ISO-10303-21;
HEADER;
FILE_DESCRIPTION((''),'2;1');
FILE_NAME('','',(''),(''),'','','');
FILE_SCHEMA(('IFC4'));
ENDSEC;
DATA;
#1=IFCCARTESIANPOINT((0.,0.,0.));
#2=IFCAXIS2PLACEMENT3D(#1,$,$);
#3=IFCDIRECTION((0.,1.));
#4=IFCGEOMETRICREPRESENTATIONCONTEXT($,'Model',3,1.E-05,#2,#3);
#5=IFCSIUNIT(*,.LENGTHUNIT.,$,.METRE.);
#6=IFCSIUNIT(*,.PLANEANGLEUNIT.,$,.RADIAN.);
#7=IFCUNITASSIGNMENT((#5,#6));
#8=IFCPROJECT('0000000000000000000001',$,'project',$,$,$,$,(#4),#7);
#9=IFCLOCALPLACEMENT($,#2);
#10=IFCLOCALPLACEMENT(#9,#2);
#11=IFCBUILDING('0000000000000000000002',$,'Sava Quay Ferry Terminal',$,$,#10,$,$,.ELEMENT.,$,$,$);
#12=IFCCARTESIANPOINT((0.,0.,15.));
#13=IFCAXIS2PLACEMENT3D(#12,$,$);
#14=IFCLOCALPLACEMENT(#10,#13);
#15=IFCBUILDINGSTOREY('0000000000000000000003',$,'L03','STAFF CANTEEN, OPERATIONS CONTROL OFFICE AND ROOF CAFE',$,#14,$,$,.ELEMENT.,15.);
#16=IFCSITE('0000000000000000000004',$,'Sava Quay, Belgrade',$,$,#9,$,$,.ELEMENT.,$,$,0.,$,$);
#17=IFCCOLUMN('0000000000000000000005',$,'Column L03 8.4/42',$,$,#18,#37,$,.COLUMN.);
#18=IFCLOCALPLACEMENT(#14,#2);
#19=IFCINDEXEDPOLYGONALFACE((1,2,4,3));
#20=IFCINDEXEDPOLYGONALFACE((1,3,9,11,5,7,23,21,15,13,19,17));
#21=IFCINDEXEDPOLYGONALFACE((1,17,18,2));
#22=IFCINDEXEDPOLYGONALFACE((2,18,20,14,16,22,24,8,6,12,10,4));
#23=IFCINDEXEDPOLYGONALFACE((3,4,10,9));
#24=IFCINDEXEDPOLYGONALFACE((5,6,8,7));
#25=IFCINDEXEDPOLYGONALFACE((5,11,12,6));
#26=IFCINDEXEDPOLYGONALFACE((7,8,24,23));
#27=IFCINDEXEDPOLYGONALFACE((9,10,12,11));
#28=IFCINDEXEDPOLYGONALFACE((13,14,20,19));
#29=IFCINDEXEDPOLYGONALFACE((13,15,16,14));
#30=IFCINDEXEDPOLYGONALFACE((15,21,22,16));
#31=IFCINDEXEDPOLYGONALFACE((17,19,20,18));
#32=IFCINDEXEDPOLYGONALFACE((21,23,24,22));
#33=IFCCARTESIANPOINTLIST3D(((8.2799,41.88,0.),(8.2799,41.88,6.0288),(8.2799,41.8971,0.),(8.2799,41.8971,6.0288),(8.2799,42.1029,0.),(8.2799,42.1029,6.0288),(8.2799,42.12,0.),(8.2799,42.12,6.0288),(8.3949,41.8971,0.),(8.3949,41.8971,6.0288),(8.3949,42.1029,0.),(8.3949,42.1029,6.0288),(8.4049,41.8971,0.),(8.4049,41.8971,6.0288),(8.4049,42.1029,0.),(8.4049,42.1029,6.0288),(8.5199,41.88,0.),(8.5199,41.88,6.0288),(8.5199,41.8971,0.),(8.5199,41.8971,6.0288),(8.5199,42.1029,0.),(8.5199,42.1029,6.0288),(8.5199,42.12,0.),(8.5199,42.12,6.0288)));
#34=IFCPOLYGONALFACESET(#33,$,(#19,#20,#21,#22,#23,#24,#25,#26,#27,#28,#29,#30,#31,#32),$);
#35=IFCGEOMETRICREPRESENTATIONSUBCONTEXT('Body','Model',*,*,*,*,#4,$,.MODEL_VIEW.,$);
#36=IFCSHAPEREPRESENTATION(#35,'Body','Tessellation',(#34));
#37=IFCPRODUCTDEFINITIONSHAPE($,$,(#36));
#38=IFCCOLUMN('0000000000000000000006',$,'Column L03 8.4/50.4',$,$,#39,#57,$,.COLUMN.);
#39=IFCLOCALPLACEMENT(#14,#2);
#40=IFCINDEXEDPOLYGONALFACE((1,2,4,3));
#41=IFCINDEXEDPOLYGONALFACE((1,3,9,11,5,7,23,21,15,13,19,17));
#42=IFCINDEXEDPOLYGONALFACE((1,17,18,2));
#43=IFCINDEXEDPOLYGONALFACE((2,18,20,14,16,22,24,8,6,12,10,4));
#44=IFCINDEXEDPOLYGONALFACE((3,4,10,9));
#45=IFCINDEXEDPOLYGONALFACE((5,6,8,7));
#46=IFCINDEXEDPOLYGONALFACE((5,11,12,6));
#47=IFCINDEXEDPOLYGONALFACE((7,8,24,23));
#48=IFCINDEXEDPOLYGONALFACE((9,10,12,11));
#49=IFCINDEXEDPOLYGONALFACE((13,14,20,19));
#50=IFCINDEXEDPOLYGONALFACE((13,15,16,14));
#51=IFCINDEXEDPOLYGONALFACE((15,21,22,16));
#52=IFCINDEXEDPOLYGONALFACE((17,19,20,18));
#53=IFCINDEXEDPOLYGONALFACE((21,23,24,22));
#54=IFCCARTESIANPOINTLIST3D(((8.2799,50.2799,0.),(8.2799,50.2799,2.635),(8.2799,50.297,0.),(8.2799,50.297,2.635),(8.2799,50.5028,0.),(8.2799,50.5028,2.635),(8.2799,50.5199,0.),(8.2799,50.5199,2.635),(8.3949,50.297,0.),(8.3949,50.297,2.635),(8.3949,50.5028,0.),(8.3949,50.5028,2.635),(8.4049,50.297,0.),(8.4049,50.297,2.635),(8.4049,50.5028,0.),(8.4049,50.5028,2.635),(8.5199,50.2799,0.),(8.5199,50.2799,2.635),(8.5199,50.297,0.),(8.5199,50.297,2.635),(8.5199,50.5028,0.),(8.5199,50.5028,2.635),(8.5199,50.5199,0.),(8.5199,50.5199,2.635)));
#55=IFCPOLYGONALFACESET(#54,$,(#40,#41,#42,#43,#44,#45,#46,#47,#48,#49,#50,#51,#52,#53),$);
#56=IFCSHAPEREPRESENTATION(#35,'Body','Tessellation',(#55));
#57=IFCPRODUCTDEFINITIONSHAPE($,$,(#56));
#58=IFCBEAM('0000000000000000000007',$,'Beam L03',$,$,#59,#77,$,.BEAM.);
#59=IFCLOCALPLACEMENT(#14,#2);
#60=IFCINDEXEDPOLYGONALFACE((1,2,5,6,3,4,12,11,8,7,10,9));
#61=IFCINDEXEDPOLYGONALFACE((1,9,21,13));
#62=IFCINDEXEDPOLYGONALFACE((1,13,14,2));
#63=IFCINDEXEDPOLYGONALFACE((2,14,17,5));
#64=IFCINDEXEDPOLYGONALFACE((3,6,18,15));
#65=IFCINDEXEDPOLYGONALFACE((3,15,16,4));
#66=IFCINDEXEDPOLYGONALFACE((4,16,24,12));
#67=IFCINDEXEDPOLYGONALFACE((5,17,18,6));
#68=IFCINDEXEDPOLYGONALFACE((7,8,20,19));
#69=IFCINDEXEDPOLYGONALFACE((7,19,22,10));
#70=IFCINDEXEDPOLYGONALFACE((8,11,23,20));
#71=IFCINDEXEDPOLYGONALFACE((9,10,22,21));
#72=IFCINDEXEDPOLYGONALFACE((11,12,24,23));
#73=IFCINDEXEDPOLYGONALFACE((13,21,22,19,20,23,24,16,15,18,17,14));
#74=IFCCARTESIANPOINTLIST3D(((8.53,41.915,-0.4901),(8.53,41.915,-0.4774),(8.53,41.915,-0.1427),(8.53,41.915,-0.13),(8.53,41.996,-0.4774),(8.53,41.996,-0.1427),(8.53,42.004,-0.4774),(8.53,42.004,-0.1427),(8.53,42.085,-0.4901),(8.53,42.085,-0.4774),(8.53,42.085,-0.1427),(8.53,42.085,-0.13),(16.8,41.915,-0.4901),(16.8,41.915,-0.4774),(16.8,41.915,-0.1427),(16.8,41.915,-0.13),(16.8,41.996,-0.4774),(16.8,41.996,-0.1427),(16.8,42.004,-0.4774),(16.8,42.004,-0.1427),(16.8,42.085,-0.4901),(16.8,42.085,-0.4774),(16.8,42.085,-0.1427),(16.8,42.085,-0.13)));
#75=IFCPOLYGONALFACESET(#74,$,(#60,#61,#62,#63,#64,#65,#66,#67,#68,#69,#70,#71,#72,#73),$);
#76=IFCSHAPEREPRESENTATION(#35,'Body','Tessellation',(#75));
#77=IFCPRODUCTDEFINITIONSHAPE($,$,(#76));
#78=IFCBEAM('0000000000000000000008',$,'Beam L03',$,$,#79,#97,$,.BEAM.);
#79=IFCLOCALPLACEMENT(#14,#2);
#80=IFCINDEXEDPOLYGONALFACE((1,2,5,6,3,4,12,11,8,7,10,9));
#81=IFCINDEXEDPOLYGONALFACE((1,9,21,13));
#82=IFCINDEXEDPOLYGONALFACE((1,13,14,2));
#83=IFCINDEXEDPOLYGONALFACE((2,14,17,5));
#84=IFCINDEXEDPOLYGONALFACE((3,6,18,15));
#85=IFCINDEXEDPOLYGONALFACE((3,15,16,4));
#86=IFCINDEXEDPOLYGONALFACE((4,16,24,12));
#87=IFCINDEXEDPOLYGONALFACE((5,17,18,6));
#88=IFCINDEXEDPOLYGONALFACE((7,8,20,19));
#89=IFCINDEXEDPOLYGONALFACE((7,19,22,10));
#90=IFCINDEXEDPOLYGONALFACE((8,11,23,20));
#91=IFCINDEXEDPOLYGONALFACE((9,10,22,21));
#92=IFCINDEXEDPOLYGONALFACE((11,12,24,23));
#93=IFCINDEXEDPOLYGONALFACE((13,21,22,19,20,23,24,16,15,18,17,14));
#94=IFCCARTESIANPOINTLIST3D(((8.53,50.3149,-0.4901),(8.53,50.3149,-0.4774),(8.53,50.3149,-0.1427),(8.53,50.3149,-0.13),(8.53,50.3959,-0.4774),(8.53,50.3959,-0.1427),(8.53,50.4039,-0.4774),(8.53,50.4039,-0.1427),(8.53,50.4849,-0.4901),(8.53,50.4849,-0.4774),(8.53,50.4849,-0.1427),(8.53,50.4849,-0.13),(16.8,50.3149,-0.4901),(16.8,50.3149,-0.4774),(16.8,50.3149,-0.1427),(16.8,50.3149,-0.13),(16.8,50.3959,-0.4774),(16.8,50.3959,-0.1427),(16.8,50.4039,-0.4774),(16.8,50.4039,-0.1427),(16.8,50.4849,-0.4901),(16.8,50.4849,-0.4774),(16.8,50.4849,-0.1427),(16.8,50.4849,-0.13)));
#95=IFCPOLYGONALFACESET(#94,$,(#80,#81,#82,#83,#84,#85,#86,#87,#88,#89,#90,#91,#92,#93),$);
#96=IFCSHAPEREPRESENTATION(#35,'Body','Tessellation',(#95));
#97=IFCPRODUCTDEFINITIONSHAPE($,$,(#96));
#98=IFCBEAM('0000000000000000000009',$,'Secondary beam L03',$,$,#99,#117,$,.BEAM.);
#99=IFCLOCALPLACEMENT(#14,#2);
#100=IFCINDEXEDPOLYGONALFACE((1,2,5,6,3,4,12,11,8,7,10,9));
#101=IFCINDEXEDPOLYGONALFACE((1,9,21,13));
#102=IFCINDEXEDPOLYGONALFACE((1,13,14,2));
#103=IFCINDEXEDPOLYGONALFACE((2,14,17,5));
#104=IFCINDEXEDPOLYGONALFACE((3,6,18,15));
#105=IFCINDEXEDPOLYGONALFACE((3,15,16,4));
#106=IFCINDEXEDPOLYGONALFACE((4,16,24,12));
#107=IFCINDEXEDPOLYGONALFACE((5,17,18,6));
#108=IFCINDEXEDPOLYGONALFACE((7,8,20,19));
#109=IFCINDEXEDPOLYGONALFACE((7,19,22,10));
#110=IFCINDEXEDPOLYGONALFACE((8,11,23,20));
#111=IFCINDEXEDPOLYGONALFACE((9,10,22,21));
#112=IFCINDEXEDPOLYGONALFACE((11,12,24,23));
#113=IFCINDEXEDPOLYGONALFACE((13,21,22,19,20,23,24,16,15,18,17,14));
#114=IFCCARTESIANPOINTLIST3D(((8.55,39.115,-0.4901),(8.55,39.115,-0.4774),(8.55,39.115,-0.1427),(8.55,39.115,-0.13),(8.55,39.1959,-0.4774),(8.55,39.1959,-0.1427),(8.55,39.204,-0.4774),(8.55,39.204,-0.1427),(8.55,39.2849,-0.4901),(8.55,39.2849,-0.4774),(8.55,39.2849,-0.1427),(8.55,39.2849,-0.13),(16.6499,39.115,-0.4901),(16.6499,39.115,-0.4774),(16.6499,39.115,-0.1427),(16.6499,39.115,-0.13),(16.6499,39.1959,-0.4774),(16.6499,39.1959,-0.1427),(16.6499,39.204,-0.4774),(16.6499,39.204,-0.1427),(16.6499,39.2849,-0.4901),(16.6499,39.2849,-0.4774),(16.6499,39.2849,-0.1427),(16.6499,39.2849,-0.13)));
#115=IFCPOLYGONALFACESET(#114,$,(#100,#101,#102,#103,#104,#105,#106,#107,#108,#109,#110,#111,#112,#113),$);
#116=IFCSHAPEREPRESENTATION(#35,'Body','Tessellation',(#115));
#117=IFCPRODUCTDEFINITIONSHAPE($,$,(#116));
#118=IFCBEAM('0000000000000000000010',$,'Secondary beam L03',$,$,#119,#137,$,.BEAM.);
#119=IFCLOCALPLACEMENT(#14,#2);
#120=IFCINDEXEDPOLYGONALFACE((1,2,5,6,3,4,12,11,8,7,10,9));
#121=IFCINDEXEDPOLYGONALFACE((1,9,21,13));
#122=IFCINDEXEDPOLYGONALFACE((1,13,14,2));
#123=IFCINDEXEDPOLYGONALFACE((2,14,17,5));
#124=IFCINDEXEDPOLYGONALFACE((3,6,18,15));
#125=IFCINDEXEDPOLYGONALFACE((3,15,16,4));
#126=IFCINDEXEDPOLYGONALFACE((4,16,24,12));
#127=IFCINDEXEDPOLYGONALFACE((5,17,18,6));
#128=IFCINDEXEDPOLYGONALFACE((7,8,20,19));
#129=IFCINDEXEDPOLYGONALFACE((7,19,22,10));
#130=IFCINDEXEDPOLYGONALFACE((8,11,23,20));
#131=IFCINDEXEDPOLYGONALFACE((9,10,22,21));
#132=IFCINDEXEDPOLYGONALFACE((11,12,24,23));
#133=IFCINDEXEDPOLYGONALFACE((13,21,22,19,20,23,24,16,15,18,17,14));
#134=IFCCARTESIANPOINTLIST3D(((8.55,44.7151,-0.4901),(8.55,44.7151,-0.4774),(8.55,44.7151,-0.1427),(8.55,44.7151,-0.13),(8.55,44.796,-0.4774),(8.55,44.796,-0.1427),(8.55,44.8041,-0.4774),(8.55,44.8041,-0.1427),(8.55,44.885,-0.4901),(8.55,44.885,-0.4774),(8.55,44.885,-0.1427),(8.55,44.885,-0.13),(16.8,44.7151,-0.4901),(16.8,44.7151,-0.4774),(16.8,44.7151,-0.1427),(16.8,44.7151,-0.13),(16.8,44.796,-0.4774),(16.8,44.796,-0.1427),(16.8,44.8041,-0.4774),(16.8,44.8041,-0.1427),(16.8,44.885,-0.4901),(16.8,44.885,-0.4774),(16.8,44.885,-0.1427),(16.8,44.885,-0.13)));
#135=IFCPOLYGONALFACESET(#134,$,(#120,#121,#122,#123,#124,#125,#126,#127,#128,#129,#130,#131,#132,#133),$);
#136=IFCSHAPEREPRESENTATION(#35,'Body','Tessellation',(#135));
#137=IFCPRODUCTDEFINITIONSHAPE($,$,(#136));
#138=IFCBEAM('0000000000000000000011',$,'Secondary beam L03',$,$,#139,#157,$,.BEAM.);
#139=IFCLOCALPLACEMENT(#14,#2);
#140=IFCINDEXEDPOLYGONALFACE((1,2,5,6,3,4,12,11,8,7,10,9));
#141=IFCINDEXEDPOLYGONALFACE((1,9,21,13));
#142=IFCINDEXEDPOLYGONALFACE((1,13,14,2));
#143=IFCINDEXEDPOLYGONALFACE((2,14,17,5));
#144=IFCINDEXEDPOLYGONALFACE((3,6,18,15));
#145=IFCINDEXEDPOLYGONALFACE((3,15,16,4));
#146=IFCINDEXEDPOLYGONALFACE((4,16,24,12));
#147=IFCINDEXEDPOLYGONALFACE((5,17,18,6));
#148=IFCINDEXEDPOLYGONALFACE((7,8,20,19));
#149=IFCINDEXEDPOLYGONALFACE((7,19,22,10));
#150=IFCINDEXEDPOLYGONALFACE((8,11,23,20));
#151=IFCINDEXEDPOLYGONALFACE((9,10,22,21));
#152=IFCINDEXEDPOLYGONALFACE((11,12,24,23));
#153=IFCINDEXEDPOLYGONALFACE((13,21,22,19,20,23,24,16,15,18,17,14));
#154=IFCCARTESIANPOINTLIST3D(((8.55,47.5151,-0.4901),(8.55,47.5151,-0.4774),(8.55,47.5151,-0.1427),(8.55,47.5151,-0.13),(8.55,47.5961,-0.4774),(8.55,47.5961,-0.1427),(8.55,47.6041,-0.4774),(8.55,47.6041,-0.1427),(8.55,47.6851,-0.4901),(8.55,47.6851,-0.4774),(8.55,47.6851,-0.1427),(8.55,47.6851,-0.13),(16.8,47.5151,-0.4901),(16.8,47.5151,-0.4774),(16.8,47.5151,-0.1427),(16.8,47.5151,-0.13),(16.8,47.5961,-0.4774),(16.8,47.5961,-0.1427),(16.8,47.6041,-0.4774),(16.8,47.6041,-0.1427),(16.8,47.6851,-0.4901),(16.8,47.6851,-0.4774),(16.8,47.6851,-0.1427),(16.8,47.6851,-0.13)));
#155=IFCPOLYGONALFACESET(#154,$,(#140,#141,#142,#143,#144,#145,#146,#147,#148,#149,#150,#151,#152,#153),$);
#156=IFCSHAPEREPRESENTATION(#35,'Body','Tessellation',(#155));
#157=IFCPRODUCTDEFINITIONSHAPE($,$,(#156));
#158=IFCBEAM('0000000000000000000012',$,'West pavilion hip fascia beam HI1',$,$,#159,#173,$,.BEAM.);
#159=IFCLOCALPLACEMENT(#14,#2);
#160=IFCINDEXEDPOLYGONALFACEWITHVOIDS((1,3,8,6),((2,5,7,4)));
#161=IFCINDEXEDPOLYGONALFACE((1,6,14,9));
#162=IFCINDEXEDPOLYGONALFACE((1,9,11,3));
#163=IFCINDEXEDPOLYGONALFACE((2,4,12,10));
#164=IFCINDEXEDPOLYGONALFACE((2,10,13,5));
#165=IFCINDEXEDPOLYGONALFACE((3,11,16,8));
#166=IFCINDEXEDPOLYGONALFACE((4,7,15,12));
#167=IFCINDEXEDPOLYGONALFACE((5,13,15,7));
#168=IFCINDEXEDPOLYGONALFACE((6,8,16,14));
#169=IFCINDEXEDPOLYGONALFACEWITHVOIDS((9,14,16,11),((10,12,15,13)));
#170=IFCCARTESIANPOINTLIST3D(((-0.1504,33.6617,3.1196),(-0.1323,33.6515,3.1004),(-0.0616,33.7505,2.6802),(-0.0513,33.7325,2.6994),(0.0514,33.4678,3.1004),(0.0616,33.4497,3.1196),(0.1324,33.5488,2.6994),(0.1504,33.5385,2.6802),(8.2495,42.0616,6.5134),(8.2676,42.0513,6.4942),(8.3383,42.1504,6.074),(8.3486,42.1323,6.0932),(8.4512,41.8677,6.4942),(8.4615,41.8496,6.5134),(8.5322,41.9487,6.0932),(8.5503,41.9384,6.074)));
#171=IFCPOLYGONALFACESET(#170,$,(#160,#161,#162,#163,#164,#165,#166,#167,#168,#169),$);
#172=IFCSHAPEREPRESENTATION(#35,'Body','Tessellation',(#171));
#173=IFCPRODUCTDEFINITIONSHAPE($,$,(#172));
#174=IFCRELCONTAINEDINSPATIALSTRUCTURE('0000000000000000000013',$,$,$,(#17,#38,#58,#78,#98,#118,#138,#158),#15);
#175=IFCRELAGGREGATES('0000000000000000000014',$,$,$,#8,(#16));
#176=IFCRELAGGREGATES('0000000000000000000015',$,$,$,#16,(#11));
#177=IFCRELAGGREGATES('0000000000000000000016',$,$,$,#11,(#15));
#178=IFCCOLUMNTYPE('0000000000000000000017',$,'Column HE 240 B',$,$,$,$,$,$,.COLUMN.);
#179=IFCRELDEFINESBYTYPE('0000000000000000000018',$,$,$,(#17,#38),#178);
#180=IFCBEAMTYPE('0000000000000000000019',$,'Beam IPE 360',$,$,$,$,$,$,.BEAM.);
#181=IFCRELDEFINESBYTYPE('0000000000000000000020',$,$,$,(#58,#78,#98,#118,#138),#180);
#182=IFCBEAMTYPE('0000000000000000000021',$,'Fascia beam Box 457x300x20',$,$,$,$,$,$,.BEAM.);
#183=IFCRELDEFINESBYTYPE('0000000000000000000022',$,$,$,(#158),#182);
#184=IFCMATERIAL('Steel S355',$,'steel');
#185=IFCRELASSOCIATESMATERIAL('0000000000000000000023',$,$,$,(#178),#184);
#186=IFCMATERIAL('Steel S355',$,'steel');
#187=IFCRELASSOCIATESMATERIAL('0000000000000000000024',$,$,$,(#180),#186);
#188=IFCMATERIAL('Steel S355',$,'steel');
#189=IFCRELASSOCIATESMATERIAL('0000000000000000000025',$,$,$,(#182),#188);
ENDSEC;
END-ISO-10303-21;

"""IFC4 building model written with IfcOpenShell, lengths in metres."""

from ifc_helpers import new_model, si_unit, direction, frame, origin, origin_2d, place, context, subcontext, project, spatial, polyline, i_section, outline, extrude, material, material_profile, profile_set, type_object, element, save


model = new_model("IFC4")

# Units and contexts
model_context = context("Model", 3, precision=1e-05, world=origin(), true_north=direction((0.0, 1.0)))
body_context = subcontext(model_context, "Body", "Model", "MODEL_VIEW")
ifc_project = project(units=[si_unit("LENGTHUNIT", "METRE"), si_unit("PLANEANGLEUNIT", "RADIAN")], contexts=[model_context])

# Site, building, storey
site_placement = place(None, origin())
site = spatial("IfcSite", under=ifc_project, at=site_placement, Name="Sava Quay, Belgrade", CompositionType="ELEMENT", RefElevation=0.0)
building_placement = place(site_placement, origin())
building = spatial("IfcBuilding", under=site, at=building_placement, Name="Sava Quay Ferry Terminal", CompositionType="ELEMENT")
storey_placement = place(building_placement, frame((0.0, 0.0, 15.0)))
storey = spatial("IfcBuildingStorey", under=building, at=storey_placement, Name="L03", Description="STAFF CANTEEN, OPERATIONS CONTROL OFFICE AND ROOF CAFE", CompositionType="ELEMENT", Elevation=15.0)

# Columns
ifc_material_1 = material(Name="Steel S355", Category="steel")
ifc_material_profile_1 = material_profile(ifc_material_1, i_section(OverallWidth=0.24, OverallDepth=0.24, WebThickness=0.01, FlangeThickness=0.0171, at=origin_2d()), Name="HE 240 B")
ifc_profile_set_1 = profile_set([ifc_material_profile_1], Name="Steel S355")
column_type = type_object("IfcColumnType", Name="Column HE 240 B", PredefinedType="COLUMN", material=ifc_profile_set_1)
column_1_placement = place(storey_placement, frame((8.3999, 42.0, 0.0), z_axis=(0.0, 0.0, 1.0), x_axis=(1.0, 0.0, 0.0)))
element("IfcColumn", 1, at=column_1_placement, inside=storey, type_object=column_type, Name="Column L03 8.4/42", PredefinedType="COLUMN", context=body_context, shape_type="SweptSolid", body=[
    extrude(i_section(OverallWidth=0.24, OverallDepth=0.24, WebThickness=0.01, FlangeThickness=0.0171, at=origin_2d()), origin(), (0.0, 0.0, 1.0), 6.0288),
])
column_2_placement = place(storey_placement, frame((8.3999, 50.3999, 0.0), z_axis=(0.0, 0.0, 1.0), x_axis=(1.0, 0.0, 0.0)))
element("IfcColumn", 2, at=column_2_placement, inside=storey, type_object=column_type, Name="Column L03 8.4/50.4", PredefinedType="COLUMN", context=body_context, shape_type="SweptSolid", body=[
    extrude(i_section(OverallWidth=0.24, OverallDepth=0.24, WebThickness=0.01, FlangeThickness=0.0171, at=origin_2d()), origin(), (0.0, 0.0, 1.0), 2.635),
])

# Beams
ifc_material_2 = material(Name="Steel S355", Category="steel")
ifc_material_profile_2 = material_profile(ifc_material_2, i_section(OverallWidth=0.1699, OverallDepth=0.3601, WebThickness=0.0081, FlangeThickness=0.0127, at=origin_2d()), Name="IPE 360")
ifc_profile_set_2 = profile_set([ifc_material_profile_2], Name="Steel S355")
beam_type_1 = type_object("IfcBeamType", Name="Beam IPE 360", PredefinedType="BEAM", material=ifc_profile_set_2)
for number, where, z_axis, x_axis, name in (
    (3, (8.53, 42.0, -0.3101), (1.0, 0.0, 0.0), (0.0, 1.0, 0.0), "Beam L03"),
    (4, (8.53, 50.3999, -0.3101), (1.0, 0.0, 0.0), (0.0, 1.0, 0.0), "Beam L03"),
):
    element("IfcBeam", number, at=place(storey_placement, frame(where, z_axis=z_axis, x_axis=x_axis)), inside=storey, type_object=beam_type_1, Name=name, PredefinedType="BEAM", context=body_context, shape_type="SweptSolid", body=[
        extrude(i_section(OverallWidth=0.1699, OverallDepth=0.3601, WebThickness=0.0081, FlangeThickness=0.0127, at=origin_2d()), origin(), (0.0, 0.0, 1.0), 8.27),
    ])
beam_1_placement = place(storey_placement, frame((8.55, 39.2, -0.3101), z_axis=(1.0, 0.0, 0.0), x_axis=(0.0, 1.0, 0.0)))
element("IfcBeam", 5, at=beam_1_placement, inside=storey, type_object=beam_type_1, Name="Secondary beam L03", PredefinedType="BEAM", context=body_context, shape_type="SweptSolid", body=[
    extrude(i_section(OverallWidth=0.1699, OverallDepth=0.3601, WebThickness=0.0081, FlangeThickness=0.0127, at=origin_2d()), origin(), (0.0, 0.0, 1.0), 8.0999),
])
for number, where, z_axis, x_axis, name in (
    (6, (8.55, 44.8, -0.3101), (1.0, 0.0, 0.0), (0.0, 1.0, 0.0), "Secondary beam L03"),
    (7, (8.55, 47.6001, -0.3101), (1.0, 0.0, 0.0), (0.0, 1.0, 0.0), "Secondary beam L03"),
):
    element("IfcBeam", number, at=place(storey_placement, frame(where, z_axis=z_axis, x_axis=x_axis)), inside=storey, type_object=beam_type_1, Name=name, PredefinedType="BEAM", context=body_context, shape_type="SweptSolid", body=[
        extrude(i_section(OverallWidth=0.1699, OverallDepth=0.3601, WebThickness=0.0081, FlangeThickness=0.0127, at=origin_2d()), origin(), (0.0, 0.0, 1.0), 8.25),
    ])
ifc_material_3 = material(Name="Steel S355", Category="steel")
ifc_material_profile_3 = material_profile(ifc_material_3, outline(polyline([(-0.1499, -0.2285), (0.1499, -0.2285), (0.1499, 0.2285), (-0.1499, 0.2285), (-0.1499, -0.2285)]), holes=[polyline([(-0.1299, -0.2085), (-0.1299, 0.2085), (0.1299, 0.2085), (0.1299, -0.2085), (-0.1299, -0.2085)])]), Name="Box 457x300x20 built-up")
ifc_profile_set_3 = profile_set([ifc_material_profile_3], Name="Steel S355")
beam_type_2 = type_object("IfcBeamType", Name="Fascia beam Box 457x300x20", PredefinedType="BEAM", material=ifc_profile_set_3)
beam_2_placement = place(storey_placement, frame((8.3999, 42.0, 6.2937), z_axis=(-0.679904, -0.679904, -0.274701), x_axis=(0.707107, -0.707107, 0.0)))
element("IfcBeam", 8, at=beam_2_placement, inside=storey, type_object=beam_type_2, Name="West pavilion hip fascia beam HI1", PredefinedType="BEAM", context=body_context, shape_type="SweptSolid", body=[
    extrude(outline(polyline([(-0.1499, -0.2285), (0.1499, -0.2285), (0.1499, 0.2285), (-0.1499, 0.2285), (-0.1499, -0.2285)]), holes=[polyline([(-0.1299, -0.2085), (-0.1299, 0.2085), (0.1299, 0.2085), (0.1299, -0.2085), (-0.1299, -0.2085)])]), origin(), (0.0, 0.0, 1.0), 12.3545),
])

save(model, "model.ifc")
